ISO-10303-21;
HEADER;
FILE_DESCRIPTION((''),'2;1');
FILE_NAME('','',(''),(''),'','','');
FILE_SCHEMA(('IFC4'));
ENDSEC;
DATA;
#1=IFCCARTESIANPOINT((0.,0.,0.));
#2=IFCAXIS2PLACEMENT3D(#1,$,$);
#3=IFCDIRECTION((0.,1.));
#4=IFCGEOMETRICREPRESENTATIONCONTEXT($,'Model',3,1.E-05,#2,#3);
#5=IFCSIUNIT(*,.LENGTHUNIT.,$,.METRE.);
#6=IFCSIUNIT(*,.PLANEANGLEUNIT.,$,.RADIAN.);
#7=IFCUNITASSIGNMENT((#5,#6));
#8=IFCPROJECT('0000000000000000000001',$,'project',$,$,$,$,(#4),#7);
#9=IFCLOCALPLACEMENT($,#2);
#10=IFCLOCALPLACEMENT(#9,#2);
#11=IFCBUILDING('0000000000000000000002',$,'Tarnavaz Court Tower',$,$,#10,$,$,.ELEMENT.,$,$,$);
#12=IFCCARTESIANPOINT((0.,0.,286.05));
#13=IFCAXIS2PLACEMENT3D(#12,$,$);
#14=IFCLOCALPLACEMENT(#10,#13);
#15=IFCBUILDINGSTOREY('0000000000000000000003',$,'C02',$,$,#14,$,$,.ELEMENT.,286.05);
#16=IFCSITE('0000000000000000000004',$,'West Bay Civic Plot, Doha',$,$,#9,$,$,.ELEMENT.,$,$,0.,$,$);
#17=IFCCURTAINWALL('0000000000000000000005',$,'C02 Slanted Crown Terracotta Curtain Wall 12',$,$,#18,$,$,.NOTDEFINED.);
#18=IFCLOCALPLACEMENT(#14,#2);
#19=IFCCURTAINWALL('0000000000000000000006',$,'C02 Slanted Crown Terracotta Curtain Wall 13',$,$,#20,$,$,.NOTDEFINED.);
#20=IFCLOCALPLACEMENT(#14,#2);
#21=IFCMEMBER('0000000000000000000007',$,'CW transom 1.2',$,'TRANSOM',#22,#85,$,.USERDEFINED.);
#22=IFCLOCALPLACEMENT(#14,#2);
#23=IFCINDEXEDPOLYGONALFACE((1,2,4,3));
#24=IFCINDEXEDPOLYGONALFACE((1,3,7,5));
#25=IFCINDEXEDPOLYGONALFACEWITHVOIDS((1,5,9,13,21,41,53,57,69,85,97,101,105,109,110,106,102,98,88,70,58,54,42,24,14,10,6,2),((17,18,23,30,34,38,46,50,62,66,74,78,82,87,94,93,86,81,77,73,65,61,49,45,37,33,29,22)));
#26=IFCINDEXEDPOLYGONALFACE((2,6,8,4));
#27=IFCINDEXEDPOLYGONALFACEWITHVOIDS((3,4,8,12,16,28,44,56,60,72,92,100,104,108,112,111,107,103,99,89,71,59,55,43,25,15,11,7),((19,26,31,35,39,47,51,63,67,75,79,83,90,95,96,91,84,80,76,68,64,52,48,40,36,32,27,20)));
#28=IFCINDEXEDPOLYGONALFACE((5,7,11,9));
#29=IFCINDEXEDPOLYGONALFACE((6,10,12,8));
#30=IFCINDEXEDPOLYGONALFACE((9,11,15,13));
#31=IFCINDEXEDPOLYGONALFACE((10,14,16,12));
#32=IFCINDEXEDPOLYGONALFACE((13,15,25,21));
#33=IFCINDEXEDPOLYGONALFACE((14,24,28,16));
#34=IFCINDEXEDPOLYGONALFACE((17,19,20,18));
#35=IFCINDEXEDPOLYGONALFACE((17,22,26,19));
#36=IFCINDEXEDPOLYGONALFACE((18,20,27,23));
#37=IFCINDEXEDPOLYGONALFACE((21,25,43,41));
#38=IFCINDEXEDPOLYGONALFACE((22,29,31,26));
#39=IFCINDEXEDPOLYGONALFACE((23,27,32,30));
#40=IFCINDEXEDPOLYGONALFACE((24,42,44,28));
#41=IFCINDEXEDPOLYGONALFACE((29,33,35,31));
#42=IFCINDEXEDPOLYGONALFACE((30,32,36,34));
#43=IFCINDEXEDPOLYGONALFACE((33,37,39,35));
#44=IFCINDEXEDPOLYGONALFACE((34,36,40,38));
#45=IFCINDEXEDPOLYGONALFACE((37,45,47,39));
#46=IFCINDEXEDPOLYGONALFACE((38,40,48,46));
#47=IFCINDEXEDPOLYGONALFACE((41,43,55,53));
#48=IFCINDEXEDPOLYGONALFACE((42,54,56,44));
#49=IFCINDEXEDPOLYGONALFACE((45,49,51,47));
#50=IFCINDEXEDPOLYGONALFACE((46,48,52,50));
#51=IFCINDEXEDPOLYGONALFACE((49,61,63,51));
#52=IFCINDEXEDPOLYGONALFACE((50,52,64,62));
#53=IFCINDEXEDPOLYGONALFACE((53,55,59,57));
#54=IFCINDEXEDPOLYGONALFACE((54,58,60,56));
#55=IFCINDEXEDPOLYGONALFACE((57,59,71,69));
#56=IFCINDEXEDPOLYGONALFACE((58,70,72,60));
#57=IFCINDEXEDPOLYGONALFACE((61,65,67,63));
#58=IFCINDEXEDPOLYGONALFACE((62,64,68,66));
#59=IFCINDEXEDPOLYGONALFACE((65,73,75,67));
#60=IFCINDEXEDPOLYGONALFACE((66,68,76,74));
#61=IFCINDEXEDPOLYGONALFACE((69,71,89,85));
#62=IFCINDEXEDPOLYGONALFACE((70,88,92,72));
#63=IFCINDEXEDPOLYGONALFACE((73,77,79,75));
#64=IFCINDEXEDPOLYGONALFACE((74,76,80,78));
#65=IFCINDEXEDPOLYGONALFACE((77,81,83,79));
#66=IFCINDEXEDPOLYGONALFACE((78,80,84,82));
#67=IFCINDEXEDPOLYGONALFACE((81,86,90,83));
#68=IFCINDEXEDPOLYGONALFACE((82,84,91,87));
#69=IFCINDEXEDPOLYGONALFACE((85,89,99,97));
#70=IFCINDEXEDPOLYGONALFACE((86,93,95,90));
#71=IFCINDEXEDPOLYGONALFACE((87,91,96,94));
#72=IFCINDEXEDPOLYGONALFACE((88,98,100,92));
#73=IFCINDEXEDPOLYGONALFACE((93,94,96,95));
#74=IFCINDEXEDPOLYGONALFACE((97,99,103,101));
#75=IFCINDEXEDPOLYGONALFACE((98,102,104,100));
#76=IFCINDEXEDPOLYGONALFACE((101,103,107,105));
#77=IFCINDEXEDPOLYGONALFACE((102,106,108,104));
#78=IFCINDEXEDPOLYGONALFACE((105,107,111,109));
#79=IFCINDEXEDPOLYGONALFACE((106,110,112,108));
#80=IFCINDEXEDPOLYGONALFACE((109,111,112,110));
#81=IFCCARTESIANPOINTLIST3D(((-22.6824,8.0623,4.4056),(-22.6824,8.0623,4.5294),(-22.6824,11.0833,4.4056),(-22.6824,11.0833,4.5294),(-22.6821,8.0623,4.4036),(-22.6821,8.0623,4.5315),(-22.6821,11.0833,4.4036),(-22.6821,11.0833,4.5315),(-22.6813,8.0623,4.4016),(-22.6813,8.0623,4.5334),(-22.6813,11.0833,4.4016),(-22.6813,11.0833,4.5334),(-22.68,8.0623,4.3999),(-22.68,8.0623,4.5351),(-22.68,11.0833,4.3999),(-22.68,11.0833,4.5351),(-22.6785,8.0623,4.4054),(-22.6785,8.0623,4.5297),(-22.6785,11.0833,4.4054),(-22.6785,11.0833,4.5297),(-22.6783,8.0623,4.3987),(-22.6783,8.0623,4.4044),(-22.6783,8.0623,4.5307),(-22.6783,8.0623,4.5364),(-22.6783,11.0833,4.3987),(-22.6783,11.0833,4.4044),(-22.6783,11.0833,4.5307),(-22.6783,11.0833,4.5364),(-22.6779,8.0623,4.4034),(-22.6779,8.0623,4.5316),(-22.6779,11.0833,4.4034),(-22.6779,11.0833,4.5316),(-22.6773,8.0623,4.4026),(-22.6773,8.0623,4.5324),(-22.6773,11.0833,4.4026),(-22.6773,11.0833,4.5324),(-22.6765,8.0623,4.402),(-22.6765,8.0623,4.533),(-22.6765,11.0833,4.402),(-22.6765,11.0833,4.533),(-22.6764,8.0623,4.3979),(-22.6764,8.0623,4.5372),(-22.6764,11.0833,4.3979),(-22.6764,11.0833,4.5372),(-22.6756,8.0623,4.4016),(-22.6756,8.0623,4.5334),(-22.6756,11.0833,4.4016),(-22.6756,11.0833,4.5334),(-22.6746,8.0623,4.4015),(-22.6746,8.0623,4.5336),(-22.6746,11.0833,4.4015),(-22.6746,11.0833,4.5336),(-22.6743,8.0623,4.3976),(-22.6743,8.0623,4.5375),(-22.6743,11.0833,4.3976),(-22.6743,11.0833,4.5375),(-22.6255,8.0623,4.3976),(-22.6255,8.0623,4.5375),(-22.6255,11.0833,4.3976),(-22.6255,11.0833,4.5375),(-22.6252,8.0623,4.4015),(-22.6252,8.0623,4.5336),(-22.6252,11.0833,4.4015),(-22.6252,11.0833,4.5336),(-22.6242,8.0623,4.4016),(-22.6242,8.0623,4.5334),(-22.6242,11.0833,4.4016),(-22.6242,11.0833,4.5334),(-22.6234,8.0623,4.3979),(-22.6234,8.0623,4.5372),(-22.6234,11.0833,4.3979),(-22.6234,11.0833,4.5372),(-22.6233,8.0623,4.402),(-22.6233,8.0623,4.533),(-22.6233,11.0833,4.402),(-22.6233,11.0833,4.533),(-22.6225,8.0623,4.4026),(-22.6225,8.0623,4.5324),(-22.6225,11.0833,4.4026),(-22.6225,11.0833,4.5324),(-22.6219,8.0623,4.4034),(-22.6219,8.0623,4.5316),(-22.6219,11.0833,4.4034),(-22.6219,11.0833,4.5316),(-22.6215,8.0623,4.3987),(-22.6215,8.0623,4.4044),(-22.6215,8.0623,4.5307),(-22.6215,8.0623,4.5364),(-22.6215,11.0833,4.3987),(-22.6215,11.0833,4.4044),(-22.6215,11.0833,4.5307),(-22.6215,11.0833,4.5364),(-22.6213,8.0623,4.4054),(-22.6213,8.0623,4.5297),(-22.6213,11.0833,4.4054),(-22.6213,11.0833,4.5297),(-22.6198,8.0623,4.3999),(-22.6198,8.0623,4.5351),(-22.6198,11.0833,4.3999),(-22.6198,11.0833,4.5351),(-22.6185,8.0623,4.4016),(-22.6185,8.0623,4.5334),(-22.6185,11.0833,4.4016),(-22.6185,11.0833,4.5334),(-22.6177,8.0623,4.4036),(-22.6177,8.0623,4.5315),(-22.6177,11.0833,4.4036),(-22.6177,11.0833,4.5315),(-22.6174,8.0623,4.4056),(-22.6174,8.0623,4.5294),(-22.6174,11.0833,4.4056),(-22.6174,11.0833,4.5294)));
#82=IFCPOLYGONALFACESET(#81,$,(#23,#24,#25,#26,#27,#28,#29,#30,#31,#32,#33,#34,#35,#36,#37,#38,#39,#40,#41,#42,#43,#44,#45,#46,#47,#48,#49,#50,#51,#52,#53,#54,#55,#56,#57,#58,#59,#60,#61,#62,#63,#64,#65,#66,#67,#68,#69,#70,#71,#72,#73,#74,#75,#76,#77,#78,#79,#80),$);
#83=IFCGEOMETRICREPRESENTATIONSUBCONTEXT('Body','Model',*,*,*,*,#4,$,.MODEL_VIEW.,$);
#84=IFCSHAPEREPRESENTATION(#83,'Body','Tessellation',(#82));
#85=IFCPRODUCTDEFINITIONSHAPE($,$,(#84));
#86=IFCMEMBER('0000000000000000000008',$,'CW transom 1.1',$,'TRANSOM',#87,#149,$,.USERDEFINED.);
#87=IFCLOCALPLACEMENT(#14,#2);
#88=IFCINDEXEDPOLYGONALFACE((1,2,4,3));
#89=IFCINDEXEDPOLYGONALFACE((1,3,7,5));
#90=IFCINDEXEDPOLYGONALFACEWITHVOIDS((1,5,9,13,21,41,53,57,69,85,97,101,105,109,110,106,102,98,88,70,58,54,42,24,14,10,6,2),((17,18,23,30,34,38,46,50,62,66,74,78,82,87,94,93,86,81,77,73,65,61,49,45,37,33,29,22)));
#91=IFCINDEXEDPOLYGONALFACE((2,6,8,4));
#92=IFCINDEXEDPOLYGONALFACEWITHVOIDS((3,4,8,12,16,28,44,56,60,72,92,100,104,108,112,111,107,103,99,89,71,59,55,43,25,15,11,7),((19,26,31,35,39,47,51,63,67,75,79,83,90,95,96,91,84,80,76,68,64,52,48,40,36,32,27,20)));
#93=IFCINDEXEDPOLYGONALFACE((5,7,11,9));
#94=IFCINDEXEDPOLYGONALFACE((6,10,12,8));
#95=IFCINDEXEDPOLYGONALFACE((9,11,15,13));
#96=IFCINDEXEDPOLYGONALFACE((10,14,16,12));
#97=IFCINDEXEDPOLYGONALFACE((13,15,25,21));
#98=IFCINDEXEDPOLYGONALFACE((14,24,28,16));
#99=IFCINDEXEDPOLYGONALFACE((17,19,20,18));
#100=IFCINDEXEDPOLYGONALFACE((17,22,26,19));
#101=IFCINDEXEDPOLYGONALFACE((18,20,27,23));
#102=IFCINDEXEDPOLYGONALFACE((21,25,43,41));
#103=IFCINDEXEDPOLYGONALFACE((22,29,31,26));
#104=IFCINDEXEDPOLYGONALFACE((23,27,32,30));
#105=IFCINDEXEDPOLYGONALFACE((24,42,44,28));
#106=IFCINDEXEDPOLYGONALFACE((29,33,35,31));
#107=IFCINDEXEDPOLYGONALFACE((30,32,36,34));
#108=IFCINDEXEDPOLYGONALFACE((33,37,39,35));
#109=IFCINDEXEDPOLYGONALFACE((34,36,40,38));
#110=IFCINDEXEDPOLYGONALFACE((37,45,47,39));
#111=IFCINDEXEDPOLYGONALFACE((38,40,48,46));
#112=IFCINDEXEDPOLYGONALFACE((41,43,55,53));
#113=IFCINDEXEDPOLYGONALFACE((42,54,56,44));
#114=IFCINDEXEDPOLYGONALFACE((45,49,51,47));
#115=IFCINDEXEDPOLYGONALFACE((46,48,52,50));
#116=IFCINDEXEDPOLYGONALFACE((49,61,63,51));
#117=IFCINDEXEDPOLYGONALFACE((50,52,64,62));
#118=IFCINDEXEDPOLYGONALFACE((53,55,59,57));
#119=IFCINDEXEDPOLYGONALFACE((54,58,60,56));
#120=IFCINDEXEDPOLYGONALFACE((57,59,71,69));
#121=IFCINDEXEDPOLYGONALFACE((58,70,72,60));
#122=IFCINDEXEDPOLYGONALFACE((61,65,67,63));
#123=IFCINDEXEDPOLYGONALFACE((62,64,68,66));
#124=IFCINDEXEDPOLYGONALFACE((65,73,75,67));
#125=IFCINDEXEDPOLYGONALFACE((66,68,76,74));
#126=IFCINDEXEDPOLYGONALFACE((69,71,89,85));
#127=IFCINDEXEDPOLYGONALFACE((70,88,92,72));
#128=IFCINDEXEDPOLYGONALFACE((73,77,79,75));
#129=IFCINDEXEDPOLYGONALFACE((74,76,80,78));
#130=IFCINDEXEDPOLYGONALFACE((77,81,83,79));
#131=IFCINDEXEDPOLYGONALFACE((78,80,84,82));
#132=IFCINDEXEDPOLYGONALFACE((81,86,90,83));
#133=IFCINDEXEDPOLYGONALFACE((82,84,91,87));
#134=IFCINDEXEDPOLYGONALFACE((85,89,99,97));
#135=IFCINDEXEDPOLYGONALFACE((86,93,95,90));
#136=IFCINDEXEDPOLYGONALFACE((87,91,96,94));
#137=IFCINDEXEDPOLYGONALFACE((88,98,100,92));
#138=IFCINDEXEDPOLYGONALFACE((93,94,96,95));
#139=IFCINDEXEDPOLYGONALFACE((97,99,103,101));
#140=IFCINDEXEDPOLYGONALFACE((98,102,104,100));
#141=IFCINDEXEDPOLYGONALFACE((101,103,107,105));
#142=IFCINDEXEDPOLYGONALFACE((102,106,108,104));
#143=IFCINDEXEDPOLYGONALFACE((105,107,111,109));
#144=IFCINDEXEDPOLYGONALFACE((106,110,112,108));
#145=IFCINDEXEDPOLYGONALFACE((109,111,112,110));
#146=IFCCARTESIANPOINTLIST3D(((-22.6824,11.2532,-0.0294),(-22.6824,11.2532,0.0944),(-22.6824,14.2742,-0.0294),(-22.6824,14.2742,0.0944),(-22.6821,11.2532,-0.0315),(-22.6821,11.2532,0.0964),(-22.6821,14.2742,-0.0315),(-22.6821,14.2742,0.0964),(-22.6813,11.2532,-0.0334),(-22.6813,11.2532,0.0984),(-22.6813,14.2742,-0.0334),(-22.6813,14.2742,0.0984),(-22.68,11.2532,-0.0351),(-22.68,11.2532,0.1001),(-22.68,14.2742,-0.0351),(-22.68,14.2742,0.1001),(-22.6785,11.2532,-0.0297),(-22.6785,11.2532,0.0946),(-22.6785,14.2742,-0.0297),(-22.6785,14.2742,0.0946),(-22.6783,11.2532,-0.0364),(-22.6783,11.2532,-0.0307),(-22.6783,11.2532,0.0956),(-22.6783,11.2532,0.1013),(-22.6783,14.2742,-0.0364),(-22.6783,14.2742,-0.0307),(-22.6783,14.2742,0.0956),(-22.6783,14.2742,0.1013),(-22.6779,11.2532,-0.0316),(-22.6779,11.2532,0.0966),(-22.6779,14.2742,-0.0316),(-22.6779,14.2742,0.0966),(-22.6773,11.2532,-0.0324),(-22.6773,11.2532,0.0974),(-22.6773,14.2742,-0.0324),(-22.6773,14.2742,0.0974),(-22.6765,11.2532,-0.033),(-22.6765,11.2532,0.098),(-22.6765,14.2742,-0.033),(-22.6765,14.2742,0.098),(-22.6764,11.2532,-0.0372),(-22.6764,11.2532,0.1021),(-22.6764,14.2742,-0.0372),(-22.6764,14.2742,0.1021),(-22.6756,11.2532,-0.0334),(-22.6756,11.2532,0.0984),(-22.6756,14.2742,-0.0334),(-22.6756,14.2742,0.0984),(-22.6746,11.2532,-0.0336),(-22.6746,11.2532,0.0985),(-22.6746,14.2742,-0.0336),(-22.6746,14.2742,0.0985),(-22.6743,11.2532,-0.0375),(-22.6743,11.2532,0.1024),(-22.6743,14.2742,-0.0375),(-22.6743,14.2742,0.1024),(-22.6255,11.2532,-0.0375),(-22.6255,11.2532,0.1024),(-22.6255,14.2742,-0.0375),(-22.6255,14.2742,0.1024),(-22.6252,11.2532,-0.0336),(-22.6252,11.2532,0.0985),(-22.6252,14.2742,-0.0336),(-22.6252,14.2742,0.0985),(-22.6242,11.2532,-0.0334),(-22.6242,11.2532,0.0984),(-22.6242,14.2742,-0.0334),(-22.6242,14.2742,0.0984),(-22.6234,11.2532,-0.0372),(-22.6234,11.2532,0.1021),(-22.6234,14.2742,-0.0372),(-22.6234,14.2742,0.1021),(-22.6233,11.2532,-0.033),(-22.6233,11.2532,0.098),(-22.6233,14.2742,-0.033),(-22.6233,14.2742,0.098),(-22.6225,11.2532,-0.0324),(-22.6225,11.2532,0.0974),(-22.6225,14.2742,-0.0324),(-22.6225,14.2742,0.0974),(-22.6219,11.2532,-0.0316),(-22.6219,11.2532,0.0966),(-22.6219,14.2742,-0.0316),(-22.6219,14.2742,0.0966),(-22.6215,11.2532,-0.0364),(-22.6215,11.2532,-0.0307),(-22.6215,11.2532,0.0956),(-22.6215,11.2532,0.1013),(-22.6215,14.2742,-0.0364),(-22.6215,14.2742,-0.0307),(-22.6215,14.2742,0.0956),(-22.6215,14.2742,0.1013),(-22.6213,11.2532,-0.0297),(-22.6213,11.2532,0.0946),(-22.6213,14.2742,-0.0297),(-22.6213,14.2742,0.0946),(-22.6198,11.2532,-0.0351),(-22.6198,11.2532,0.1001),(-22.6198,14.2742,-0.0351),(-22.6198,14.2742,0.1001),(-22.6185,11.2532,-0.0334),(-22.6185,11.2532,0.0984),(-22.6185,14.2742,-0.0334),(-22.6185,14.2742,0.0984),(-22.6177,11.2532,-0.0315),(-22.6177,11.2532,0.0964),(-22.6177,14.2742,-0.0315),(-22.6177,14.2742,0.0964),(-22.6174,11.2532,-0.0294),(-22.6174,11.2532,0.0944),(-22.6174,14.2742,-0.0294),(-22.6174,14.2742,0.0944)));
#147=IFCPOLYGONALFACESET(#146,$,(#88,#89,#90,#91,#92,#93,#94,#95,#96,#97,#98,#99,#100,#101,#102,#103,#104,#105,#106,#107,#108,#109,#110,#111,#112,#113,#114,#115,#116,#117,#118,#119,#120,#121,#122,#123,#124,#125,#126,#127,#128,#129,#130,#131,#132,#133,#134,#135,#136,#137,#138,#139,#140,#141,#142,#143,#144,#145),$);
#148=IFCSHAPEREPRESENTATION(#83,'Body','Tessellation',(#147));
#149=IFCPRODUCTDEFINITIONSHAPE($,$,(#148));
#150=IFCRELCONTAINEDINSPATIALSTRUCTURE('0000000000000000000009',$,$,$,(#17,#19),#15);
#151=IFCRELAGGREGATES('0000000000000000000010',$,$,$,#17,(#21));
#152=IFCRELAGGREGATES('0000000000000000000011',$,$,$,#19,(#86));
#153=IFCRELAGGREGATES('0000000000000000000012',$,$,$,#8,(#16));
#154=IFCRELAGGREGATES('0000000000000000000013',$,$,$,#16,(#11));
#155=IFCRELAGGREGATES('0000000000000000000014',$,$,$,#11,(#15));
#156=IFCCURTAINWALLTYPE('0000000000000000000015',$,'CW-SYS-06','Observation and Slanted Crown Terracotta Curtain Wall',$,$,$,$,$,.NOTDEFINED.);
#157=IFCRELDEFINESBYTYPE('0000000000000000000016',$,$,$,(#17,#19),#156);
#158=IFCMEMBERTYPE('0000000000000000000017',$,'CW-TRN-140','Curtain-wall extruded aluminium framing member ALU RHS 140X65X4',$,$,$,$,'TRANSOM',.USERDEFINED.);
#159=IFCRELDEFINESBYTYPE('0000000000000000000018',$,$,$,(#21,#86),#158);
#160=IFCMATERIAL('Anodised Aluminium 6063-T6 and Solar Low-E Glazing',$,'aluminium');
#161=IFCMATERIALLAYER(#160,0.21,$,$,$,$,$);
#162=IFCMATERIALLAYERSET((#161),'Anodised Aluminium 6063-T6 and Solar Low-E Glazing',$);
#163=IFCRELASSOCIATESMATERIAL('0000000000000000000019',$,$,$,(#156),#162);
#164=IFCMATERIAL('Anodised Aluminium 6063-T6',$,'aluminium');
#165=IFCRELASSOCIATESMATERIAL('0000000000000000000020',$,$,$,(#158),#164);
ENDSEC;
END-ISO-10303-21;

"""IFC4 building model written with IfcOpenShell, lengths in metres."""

from ifc_helpers import new_model, si_unit, direction, frame, origin, origin_2d, place, context, subcontext, project, spatial, hollow_rectangle, extrude, material, layer, layer_set, material_profile, profile_set, type_object, element, aggregate, save


model = new_model("IFC4")

# Units and contexts
model_context = context("Model", 3, precision=1e-05, world=origin(), true_north=direction((0.0, 1.0)))
body_context = subcontext(model_context, "Body", "Model", "MODEL_VIEW")
ifc_project = project(units=[si_unit("LENGTHUNIT", "METRE"), si_unit("PLANEANGLEUNIT", "RADIAN")], contexts=[model_context])

# Site, building, storey
site_placement = place(None, origin())
site = spatial("IfcSite", under=ifc_project, at=site_placement, Name="West Bay Civic Plot, Doha", CompositionType="ELEMENT", RefElevation=0.0)
building_placement = place(site_placement, origin())
building = spatial("IfcBuilding", under=site, at=building_placement, Name="Tarnavaz Court Tower", CompositionType="ELEMENT")
storey_placement = place(building_placement, frame((0.0, 0.0, 286.05)))
storey = spatial("IfcBuildingStorey", under=building, at=storey_placement, Name="C02", CompositionType="ELEMENT", Elevation=286.05)

# Shared definitions
ifc_material_1 = material(Name="Anodised Aluminium 6063-T6 and Solar Low-E Glazing", Category="aluminium")
ifc_layer_1 = layer(ifc_material_1, 0.21)
ifc_layer_set_1 = layer_set([ifc_layer_1], Name="Anodised Aluminium 6063-T6 and Solar Low-E Glazing")
curtain_wall_type = type_object("IfcCurtainWallType", Name="CW-SYS-06", Description="Observation and Slanted Crown Terracotta Curtain Wall", PredefinedType="NOTDEFINED", material=ifc_layer_set_1)
ifc_material_2 = material(Name="Anodised Aluminium 6063-T6", Category="aluminium")

# Curtain walls
curtain_wall_1_placement = place(storey_placement, origin())
curtain_wall_1 = element("IfcCurtainWall", 1, at=curtain_wall_1_placement, inside=storey, type_object=curtain_wall_type, Name="C02 Slanted Crown Terracotta Curtain Wall 12", PredefinedType="NOTDEFINED")
curtain_wall_2_placement = place(storey_placement, origin())
curtain_wall_2 = element("IfcCurtainWall", 2, at=curtain_wall_2_placement, inside=storey, type_object=curtain_wall_type, Name="C02 Slanted Crown Terracotta Curtain Wall 13", PredefinedType="NOTDEFINED")

# Members
ifc_material_profile_1 = material_profile(ifc_material_2, hollow_rectangle(XDim=0.0649, YDim=0.1399, WallThickness=0.0039, InnerFilletRadius=0.0039, OuterFilletRadius=0.0081, at=origin_2d()), Name="ALU RHS 140X65X4")
ifc_profile_set_1 = profile_set([ifc_material_profile_1], Name="Anodised Aluminium 6063-T6")
member_type_1 = type_object("IfcMemberType", Name="CW-TRN-140", Description="Curtain-wall extruded aluminium framing member ALU RHS 140X65X4", ElementType="TRANSOM", PredefinedType="USERDEFINED", material=ifc_profile_set_1)
member_1_placement = place(storey_placement, frame((-22.6499, 8.0623, 4.4675), z_axis=(0.0, 1.0, 0.0), x_axis=(-1.0, 0.0, 0.0)))
member_1 = element("IfcMember", 3, at=member_1_placement, type_object=member_type_1, Name="CW transom 1.2", ObjectType="TRANSOM", PredefinedType="USERDEFINED", context=body_context, shape_type="SweptSolid", body=[
    extrude(hollow_rectangle(XDim=0.0649, YDim=0.1399, WallThickness=0.0039, InnerFilletRadius=0.0039, OuterFilletRadius=0.0081, at=origin_2d()), origin(), (0.0, 0.0, 1.0), 3.021),
])
member_2_placement = place(storey_placement, frame((-22.6499, 11.2532, 0.0325), z_axis=(0.0, 1.0, 0.0), x_axis=(-1.0, 0.0, 0.0)))
member_2 = element("IfcMember", 4, at=member_2_placement, type_object=member_type_1, Name="CW transom 1.1", ObjectType="TRANSOM", PredefinedType="USERDEFINED", context=body_context, shape_type="SweptSolid", body=[
    extrude(hollow_rectangle(XDim=0.0649, YDim=0.1399, WallThickness=0.0039, InnerFilletRadius=0.0039, OuterFilletRadius=0.0081, at=origin_2d()), origin(), (0.0, 0.0, 1.0), 3.021),
])

aggregate(curtain_wall_1, [member_1])
aggregate(curtain_wall_2, [member_2])

save(model, "model.ifc")
